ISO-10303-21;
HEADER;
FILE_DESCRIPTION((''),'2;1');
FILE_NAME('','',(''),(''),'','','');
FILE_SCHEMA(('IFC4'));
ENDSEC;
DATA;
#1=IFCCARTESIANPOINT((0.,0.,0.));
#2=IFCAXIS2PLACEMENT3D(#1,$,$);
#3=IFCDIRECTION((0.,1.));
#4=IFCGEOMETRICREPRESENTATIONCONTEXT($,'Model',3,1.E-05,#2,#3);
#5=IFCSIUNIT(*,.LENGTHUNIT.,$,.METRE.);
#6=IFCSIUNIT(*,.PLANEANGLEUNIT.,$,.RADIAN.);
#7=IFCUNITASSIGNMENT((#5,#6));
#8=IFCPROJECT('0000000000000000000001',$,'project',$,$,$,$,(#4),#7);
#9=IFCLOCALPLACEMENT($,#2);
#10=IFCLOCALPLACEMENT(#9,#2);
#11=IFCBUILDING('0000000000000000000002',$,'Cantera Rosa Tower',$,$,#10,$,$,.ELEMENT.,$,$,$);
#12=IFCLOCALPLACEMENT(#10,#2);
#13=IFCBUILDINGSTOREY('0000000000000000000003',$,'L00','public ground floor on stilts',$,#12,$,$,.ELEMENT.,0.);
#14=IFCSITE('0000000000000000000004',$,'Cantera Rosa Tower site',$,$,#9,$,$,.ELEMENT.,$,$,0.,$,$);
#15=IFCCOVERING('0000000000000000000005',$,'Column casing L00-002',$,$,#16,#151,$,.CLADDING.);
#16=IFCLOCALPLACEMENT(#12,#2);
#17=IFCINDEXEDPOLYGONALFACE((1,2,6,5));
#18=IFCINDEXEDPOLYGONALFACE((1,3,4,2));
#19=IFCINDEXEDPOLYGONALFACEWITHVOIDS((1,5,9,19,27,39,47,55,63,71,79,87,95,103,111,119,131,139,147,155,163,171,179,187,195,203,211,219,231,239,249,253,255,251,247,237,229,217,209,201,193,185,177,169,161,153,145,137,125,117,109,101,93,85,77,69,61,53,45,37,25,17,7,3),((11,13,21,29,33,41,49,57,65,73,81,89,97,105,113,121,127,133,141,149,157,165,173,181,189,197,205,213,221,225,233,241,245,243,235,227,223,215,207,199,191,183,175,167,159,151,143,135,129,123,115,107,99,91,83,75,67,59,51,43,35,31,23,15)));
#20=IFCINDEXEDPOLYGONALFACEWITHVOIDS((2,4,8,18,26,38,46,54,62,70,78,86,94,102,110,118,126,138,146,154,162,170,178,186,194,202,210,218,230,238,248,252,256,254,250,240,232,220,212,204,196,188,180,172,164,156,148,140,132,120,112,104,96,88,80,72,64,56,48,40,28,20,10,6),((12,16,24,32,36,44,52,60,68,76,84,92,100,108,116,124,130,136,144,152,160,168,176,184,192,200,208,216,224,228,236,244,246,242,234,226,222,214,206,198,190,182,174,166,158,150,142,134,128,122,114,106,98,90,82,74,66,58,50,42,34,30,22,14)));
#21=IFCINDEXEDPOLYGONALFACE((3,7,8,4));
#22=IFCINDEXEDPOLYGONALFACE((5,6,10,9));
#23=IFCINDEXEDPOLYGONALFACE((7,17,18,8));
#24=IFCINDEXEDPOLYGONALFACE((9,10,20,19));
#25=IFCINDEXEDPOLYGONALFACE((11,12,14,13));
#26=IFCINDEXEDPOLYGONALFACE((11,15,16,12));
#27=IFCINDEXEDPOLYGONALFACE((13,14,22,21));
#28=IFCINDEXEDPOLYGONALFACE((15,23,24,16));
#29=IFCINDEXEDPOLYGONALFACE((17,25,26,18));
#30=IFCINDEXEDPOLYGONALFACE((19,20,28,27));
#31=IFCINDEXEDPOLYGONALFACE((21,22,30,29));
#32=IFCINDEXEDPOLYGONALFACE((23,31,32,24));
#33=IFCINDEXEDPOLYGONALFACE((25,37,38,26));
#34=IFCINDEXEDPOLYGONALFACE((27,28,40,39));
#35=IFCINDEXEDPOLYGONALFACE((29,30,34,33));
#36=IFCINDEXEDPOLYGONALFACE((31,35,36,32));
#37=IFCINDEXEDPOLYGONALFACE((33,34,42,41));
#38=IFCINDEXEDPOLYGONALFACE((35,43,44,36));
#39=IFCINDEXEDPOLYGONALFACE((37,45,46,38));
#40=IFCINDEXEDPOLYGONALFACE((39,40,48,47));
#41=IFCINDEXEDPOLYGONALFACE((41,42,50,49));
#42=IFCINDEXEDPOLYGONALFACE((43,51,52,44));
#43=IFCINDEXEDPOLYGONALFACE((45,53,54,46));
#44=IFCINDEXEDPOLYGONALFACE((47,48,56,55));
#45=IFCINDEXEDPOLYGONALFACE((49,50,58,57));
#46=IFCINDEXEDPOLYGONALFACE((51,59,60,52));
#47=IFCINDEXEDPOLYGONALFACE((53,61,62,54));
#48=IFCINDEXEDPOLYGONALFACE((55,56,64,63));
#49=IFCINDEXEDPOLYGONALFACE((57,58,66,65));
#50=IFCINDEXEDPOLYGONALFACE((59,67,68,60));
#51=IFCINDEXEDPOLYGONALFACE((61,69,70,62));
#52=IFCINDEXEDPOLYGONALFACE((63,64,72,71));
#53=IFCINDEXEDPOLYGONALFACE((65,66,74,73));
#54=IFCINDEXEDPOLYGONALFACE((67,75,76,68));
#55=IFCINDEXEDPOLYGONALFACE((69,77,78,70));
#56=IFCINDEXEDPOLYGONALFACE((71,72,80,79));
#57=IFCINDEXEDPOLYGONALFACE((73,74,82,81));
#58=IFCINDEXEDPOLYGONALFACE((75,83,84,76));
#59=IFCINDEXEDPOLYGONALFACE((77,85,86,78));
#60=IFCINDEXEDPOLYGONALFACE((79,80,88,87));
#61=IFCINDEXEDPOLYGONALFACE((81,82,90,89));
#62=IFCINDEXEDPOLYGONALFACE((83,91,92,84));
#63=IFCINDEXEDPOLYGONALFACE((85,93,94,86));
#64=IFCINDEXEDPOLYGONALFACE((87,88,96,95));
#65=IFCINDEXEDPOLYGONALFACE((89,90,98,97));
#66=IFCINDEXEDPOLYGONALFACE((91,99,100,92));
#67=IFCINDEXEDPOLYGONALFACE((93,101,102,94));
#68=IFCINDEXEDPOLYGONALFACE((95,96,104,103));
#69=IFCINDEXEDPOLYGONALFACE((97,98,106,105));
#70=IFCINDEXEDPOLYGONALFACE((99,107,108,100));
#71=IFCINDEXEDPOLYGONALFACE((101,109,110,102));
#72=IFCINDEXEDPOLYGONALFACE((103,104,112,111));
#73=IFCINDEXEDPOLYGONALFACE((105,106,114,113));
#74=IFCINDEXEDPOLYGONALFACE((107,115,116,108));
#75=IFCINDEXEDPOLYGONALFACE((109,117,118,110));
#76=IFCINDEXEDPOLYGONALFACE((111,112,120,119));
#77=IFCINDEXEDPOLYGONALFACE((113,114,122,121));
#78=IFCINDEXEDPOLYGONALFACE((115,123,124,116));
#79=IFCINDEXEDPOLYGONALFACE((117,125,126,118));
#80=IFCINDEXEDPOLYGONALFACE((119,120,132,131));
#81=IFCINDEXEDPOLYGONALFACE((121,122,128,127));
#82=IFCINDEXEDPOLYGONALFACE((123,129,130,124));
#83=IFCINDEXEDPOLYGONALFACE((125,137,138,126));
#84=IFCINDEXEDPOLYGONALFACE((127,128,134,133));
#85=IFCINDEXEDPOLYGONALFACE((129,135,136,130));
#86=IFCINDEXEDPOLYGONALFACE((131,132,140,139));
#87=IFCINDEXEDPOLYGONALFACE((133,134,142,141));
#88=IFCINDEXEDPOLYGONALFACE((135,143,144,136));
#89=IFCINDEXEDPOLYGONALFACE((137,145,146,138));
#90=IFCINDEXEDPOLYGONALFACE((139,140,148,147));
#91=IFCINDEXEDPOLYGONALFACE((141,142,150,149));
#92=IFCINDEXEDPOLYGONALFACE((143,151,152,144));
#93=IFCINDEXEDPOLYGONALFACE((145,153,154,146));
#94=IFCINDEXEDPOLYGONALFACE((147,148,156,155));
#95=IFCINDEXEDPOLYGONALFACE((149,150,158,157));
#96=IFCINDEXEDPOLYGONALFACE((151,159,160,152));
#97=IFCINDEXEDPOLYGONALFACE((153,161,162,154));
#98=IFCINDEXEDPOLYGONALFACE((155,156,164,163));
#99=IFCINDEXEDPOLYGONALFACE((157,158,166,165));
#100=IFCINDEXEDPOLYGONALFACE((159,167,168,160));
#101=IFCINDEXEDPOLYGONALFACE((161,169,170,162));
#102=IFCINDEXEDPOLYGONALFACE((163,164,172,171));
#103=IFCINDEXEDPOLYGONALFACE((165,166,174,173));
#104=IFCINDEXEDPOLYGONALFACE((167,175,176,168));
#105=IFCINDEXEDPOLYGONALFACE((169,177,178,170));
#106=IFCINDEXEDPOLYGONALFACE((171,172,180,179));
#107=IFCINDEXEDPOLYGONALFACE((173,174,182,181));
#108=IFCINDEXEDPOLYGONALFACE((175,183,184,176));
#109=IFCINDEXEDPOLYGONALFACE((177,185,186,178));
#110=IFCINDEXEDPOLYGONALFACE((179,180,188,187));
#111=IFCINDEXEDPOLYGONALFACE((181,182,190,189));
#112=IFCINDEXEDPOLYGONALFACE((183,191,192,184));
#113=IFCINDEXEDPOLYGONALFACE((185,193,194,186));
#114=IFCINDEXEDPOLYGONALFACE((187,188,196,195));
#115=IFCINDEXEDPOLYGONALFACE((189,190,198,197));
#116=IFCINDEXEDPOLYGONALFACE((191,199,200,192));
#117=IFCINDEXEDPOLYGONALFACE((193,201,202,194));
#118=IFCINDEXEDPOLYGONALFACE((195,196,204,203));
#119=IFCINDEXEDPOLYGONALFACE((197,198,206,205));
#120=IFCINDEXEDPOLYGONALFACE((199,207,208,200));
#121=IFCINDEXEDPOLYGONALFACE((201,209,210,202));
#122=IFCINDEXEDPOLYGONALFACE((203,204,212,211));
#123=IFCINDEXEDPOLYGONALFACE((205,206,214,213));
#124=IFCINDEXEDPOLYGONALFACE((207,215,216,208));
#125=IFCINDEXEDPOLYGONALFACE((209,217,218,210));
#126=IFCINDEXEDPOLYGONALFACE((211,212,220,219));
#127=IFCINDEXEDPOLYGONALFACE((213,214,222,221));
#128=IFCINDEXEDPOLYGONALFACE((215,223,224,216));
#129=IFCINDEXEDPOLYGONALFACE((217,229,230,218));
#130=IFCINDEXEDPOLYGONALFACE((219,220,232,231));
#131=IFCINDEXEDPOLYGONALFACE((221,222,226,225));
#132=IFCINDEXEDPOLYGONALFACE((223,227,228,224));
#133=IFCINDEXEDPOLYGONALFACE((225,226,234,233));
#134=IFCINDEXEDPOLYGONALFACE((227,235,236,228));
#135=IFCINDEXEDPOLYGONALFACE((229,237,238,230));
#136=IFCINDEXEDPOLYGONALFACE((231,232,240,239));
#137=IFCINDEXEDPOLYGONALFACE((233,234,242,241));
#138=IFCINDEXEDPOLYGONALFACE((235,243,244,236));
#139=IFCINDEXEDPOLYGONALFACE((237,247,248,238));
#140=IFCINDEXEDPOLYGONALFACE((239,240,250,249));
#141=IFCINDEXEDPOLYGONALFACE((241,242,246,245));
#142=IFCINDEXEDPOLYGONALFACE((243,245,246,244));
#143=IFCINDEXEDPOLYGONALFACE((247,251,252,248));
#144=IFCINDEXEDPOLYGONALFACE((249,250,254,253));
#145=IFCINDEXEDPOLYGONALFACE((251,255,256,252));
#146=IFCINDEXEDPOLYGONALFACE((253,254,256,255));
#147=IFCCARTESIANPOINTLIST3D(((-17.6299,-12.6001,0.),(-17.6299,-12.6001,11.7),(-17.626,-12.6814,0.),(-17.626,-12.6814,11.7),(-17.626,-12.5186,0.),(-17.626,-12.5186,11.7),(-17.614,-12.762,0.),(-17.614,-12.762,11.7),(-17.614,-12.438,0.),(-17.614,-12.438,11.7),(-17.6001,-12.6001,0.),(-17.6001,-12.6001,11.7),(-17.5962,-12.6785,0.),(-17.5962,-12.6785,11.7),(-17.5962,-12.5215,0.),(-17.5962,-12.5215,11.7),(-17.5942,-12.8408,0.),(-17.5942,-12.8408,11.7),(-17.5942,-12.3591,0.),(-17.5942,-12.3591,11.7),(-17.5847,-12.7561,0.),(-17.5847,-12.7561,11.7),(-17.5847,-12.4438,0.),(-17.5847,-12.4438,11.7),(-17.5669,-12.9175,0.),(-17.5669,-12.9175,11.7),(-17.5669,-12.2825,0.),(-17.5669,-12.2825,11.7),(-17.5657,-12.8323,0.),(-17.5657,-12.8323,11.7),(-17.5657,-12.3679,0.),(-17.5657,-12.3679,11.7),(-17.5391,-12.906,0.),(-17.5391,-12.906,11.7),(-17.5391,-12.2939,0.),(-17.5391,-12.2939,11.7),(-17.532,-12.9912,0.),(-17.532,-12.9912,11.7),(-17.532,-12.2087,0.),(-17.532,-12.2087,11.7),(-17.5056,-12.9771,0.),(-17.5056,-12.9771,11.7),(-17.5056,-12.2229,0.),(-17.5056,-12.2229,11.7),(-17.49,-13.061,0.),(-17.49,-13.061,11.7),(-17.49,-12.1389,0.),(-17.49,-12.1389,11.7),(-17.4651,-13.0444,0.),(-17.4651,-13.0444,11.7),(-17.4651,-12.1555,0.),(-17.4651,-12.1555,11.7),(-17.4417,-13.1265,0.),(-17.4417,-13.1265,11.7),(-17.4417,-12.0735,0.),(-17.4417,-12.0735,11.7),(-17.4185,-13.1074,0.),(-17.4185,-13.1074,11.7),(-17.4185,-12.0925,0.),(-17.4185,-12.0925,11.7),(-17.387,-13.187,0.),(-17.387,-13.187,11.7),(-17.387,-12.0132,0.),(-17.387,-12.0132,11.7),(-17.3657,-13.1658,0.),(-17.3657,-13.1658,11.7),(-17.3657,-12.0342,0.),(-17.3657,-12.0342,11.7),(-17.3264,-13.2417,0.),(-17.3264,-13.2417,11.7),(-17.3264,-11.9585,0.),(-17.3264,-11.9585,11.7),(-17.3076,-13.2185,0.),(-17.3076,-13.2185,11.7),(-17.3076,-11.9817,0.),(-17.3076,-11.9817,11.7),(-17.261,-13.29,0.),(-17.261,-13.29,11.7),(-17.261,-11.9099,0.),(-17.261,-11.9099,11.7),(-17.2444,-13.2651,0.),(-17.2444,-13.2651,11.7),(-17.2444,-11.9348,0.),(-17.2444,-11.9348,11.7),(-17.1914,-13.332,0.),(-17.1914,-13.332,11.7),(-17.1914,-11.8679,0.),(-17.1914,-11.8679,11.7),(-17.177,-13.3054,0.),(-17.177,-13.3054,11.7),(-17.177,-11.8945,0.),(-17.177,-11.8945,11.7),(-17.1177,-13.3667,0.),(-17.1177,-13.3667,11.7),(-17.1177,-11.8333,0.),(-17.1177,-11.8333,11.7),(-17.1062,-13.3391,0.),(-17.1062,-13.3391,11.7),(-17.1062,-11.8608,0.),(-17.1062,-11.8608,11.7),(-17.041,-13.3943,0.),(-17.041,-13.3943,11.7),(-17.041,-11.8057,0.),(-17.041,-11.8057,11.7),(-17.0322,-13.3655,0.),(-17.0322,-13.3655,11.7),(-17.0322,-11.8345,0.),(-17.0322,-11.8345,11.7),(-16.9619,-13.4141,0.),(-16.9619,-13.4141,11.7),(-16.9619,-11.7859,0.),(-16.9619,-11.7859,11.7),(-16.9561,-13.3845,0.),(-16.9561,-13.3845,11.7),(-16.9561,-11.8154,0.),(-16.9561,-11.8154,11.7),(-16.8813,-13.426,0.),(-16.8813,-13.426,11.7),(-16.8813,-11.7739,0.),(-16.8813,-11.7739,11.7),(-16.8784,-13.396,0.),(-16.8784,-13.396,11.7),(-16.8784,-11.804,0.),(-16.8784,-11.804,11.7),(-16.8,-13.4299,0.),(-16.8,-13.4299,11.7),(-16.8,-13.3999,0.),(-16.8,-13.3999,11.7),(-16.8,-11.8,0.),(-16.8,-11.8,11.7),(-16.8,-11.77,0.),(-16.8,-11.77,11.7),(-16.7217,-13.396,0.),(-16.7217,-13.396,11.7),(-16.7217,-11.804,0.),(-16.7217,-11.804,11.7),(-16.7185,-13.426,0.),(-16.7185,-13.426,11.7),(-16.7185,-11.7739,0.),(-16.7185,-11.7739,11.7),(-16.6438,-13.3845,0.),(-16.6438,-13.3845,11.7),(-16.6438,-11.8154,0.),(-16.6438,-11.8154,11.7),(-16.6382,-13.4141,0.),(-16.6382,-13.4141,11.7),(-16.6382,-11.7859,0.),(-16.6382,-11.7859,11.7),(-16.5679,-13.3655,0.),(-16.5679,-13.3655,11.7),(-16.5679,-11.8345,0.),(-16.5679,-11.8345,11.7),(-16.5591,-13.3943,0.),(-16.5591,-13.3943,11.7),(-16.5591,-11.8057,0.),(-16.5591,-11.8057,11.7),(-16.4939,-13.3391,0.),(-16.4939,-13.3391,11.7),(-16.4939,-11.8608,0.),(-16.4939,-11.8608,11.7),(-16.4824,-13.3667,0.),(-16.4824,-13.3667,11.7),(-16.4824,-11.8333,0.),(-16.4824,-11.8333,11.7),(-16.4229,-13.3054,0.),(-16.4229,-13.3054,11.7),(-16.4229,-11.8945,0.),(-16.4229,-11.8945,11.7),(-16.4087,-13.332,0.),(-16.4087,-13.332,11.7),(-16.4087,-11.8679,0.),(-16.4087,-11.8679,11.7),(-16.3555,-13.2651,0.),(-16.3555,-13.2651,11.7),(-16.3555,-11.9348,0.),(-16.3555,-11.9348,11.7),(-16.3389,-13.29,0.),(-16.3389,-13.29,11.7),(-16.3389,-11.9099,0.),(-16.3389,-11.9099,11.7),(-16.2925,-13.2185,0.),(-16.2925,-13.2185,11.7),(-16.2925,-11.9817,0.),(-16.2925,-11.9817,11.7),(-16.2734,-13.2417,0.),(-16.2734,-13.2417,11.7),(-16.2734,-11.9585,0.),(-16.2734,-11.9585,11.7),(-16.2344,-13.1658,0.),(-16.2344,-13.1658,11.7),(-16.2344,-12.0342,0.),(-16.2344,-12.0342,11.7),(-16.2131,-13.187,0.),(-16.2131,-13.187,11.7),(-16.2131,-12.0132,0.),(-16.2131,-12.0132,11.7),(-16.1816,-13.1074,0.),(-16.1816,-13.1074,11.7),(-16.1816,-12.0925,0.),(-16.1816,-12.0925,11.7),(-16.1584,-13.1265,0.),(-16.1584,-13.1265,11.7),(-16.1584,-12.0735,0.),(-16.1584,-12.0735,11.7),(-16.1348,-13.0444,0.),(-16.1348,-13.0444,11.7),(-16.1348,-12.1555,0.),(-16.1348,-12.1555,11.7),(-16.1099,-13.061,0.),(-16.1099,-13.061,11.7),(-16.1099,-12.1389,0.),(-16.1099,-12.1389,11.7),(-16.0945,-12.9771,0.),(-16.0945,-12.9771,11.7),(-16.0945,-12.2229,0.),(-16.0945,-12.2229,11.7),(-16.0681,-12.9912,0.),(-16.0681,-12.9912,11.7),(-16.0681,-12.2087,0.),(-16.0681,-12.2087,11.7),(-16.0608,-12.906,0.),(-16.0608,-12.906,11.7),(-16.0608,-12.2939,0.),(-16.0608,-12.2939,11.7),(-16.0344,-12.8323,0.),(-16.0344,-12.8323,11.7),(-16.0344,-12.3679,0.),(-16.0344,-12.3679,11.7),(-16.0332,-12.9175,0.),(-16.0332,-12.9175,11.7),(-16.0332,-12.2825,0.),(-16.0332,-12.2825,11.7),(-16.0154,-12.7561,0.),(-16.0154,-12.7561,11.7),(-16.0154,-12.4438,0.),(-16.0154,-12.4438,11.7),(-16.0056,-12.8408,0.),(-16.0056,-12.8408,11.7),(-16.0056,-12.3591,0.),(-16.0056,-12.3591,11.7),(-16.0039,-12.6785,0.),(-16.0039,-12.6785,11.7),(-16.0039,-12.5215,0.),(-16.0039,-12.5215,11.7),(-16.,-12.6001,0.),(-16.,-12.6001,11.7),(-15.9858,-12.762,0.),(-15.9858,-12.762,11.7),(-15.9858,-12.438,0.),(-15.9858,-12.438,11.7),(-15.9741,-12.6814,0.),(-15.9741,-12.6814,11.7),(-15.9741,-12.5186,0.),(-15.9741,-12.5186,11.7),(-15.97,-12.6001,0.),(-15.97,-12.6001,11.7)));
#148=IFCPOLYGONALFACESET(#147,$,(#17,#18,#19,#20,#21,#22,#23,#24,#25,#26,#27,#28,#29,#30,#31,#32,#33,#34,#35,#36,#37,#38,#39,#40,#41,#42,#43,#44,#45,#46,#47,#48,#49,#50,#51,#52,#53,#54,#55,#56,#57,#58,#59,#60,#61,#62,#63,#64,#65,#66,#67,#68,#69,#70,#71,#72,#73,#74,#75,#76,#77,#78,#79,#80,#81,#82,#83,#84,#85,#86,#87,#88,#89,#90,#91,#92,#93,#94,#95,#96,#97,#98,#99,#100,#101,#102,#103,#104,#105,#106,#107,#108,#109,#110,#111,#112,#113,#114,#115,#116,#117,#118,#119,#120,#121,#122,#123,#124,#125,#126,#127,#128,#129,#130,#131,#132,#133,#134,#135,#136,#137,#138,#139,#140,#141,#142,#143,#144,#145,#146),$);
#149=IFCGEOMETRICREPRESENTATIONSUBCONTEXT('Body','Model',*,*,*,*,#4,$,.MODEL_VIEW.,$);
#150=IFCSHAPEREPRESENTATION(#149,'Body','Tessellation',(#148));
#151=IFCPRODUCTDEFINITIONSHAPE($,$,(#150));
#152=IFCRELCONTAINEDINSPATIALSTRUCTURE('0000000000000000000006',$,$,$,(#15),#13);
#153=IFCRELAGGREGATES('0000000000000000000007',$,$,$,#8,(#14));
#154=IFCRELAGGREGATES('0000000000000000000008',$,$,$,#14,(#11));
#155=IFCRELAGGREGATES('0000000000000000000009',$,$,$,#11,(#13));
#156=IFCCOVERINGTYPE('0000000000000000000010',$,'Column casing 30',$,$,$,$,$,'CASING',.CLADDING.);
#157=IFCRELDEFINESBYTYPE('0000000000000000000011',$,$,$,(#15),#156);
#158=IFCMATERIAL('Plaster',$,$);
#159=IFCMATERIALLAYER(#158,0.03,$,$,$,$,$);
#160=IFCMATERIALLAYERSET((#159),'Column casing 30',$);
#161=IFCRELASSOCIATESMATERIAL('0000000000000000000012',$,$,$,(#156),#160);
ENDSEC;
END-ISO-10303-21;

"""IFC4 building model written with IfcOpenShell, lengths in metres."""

from ifc_helpers import new_model, si_unit, direction, origin, place, context, subcontext, project, spatial, polyline, outline, extrude, material, layer, layer_set, type_object, element, save


model = new_model("IFC4")

# Units and contexts
model_context = context("Model", 3, precision=1e-05, world=origin(), true_north=direction((0.0, 1.0)))
body_context = subcontext(model_context, "Body", "Model", "MODEL_VIEW")
ifc_project = project(units=[si_unit("LENGTHUNIT", "METRE"), si_unit("PLANEANGLEUNIT", "RADIAN")], contexts=[model_context])

# Site, building, storey
site_placement = place(None, origin())
site = spatial("IfcSite", under=ifc_project, at=site_placement, Name="Cantera Rosa Tower site", CompositionType="ELEMENT", RefElevation=0.0)
building_placement = place(site_placement, origin())
building = spatial("IfcBuilding", under=site, at=building_placement, Name="Cantera Rosa Tower", CompositionType="ELEMENT")
storey_placement = place(building_placement, origin())
storey = spatial("IfcBuildingStorey", under=building, at=storey_placement, Name="L00", Description="public ground floor on stilts", CompositionType="ELEMENT", Elevation=0.0)

# Covering
ifc_material_1 = material(Name="Plaster")
ifc_layer_1 = layer(ifc_material_1, 0.03)
ifc_layer_set_1 = layer_set([ifc_layer_1], Name="Column casing 30")
covering_type = type_object("IfcCoveringType", Name="Column casing 30", ElementType="CASING", PredefinedType="CLADDING", material=ifc_layer_set_1)
covering_1_placement = place(storey_placement, origin())
element("IfcCovering", 1, at=covering_1_placement, inside=storey, type_object=covering_type, Name="Column casing L00-002", PredefinedType="CLADDING", context=body_context, shape_type="SweptSolid", body=[
    extrude(outline(polyline([(-15.9741, -12.6814), (-15.97, -12.6001), (-15.9741, -12.5186), (-15.9858, -12.438), (-16.0056, -12.3591), (-16.0332, -12.2825), (-16.0681, -12.2087), (-16.1099, -12.1389), (-16.1584, -12.0735), (-16.2131, -12.0132), (-16.2734, -11.9585), (-16.3389, -11.9099), (-16.4087, -11.8679), (-16.4824, -11.8333), (-16.5591, -11.8057), (-16.6382, -11.7859), (-16.7185, -11.7739), (-16.8, -11.77), (-16.8813, -11.7739), (-16.9619, -11.7859), (-17.041, -11.8057), (-17.1177, -11.8333), (-17.1914, -11.8679), (-17.261, -11.9099), (-17.3264, -11.9585), (-17.387, -12.0132), (-17.4417, -12.0735), (-17.49, -12.1389), (-17.532, -12.2087), (-17.5669, -12.2825), (-17.5942, -12.3591), (-17.614, -12.438), (-17.626, -12.5186), (-17.6299, -12.6001), (-17.626, -12.6814), (-17.614, -12.762), (-17.5942, -12.8408), (-17.5669, -12.9175), (-17.532, -12.9912), (-17.49, -13.061), (-17.4417, -13.1265), (-17.387, -13.187), (-17.3264, -13.2417), (-17.261, -13.29), (-17.1914, -13.332), (-17.1177, -13.3667), (-17.041, -13.3943), (-16.9619, -13.4141), (-16.8813, -13.426), (-16.8, -13.4299), (-16.7185, -13.426), (-16.6382, -13.4141), (-16.5591, -13.3943), (-16.4824, -13.3667), (-16.4087, -13.332), (-16.3389, -13.29), (-16.2734, -13.2417), (-16.2131, -13.187), (-16.1584, -13.1265), (-16.1099, -13.061), (-16.0681, -12.9912), (-16.0332, -12.9175), (-16.0056, -12.8408), (-15.9858, -12.762), (-15.9741, -12.6814)]), holes=[polyline([(-16.0039, -12.5215), (-16.0154, -12.4438), (-16.0344, -12.3679), (-16.0608, -12.2939), (-16.0945, -12.2229), (-16.1348, -12.1555), (-16.1816, -12.0925), (-16.2344, -12.0342), (-16.2925, -11.9817), (-16.3555, -11.9348), (-16.4229, -11.8945), (-16.4939, -11.8608), (-16.5679, -11.8345), (-16.6438, -11.8154), (-16.7217, -11.804), (-16.8, -11.8), (-16.8784, -11.804), (-16.9561, -11.8154), (-17.0322, -11.8345), (-17.1062, -11.8608), (-17.177, -11.8945), (-17.2444, -11.9348), (-17.3076, -11.9817), (-17.3657, -12.0342), (-17.4185, -12.0925), (-17.4651, -12.1555), (-17.5056, -12.2229), (-17.5391, -12.2939), (-17.5657, -12.3679), (-17.5847, -12.4438), (-17.5962, -12.5215), (-17.6001, -12.6001), (-17.5962, -12.6785), (-17.5847, -12.7561), (-17.5657, -12.8323), (-17.5391, -12.906), (-17.5056, -12.9771), (-17.4651, -13.0444), (-17.4185, -13.1074), (-17.3657, -13.1658), (-17.3076, -13.2185), (-17.2444, -13.2651), (-17.177, -13.3054), (-17.1062, -13.3391), (-17.0322, -13.3655), (-16.9561, -13.3845), (-16.8784, -13.396), (-16.8, -13.3999), (-16.7217, -13.396), (-16.6438, -13.3845), (-16.5679, -13.3655), (-16.4939, -13.3391), (-16.4229, -13.3054), (-16.3555, -13.2651), (-16.2925, -13.2185), (-16.2344, -13.1658), (-16.1816, -13.1074), (-16.1348, -13.0444), (-16.0945, -12.9771), (-16.0608, -12.906), (-16.0344, -12.8323), (-16.0154, -12.7561), (-16.0039, -12.6785), (-16.0, -12.6001), (-16.0039, -12.5215)])]), origin(), (0.0, 0.0, 1.0), 11.7),
])

save(model, "model.ifc")
